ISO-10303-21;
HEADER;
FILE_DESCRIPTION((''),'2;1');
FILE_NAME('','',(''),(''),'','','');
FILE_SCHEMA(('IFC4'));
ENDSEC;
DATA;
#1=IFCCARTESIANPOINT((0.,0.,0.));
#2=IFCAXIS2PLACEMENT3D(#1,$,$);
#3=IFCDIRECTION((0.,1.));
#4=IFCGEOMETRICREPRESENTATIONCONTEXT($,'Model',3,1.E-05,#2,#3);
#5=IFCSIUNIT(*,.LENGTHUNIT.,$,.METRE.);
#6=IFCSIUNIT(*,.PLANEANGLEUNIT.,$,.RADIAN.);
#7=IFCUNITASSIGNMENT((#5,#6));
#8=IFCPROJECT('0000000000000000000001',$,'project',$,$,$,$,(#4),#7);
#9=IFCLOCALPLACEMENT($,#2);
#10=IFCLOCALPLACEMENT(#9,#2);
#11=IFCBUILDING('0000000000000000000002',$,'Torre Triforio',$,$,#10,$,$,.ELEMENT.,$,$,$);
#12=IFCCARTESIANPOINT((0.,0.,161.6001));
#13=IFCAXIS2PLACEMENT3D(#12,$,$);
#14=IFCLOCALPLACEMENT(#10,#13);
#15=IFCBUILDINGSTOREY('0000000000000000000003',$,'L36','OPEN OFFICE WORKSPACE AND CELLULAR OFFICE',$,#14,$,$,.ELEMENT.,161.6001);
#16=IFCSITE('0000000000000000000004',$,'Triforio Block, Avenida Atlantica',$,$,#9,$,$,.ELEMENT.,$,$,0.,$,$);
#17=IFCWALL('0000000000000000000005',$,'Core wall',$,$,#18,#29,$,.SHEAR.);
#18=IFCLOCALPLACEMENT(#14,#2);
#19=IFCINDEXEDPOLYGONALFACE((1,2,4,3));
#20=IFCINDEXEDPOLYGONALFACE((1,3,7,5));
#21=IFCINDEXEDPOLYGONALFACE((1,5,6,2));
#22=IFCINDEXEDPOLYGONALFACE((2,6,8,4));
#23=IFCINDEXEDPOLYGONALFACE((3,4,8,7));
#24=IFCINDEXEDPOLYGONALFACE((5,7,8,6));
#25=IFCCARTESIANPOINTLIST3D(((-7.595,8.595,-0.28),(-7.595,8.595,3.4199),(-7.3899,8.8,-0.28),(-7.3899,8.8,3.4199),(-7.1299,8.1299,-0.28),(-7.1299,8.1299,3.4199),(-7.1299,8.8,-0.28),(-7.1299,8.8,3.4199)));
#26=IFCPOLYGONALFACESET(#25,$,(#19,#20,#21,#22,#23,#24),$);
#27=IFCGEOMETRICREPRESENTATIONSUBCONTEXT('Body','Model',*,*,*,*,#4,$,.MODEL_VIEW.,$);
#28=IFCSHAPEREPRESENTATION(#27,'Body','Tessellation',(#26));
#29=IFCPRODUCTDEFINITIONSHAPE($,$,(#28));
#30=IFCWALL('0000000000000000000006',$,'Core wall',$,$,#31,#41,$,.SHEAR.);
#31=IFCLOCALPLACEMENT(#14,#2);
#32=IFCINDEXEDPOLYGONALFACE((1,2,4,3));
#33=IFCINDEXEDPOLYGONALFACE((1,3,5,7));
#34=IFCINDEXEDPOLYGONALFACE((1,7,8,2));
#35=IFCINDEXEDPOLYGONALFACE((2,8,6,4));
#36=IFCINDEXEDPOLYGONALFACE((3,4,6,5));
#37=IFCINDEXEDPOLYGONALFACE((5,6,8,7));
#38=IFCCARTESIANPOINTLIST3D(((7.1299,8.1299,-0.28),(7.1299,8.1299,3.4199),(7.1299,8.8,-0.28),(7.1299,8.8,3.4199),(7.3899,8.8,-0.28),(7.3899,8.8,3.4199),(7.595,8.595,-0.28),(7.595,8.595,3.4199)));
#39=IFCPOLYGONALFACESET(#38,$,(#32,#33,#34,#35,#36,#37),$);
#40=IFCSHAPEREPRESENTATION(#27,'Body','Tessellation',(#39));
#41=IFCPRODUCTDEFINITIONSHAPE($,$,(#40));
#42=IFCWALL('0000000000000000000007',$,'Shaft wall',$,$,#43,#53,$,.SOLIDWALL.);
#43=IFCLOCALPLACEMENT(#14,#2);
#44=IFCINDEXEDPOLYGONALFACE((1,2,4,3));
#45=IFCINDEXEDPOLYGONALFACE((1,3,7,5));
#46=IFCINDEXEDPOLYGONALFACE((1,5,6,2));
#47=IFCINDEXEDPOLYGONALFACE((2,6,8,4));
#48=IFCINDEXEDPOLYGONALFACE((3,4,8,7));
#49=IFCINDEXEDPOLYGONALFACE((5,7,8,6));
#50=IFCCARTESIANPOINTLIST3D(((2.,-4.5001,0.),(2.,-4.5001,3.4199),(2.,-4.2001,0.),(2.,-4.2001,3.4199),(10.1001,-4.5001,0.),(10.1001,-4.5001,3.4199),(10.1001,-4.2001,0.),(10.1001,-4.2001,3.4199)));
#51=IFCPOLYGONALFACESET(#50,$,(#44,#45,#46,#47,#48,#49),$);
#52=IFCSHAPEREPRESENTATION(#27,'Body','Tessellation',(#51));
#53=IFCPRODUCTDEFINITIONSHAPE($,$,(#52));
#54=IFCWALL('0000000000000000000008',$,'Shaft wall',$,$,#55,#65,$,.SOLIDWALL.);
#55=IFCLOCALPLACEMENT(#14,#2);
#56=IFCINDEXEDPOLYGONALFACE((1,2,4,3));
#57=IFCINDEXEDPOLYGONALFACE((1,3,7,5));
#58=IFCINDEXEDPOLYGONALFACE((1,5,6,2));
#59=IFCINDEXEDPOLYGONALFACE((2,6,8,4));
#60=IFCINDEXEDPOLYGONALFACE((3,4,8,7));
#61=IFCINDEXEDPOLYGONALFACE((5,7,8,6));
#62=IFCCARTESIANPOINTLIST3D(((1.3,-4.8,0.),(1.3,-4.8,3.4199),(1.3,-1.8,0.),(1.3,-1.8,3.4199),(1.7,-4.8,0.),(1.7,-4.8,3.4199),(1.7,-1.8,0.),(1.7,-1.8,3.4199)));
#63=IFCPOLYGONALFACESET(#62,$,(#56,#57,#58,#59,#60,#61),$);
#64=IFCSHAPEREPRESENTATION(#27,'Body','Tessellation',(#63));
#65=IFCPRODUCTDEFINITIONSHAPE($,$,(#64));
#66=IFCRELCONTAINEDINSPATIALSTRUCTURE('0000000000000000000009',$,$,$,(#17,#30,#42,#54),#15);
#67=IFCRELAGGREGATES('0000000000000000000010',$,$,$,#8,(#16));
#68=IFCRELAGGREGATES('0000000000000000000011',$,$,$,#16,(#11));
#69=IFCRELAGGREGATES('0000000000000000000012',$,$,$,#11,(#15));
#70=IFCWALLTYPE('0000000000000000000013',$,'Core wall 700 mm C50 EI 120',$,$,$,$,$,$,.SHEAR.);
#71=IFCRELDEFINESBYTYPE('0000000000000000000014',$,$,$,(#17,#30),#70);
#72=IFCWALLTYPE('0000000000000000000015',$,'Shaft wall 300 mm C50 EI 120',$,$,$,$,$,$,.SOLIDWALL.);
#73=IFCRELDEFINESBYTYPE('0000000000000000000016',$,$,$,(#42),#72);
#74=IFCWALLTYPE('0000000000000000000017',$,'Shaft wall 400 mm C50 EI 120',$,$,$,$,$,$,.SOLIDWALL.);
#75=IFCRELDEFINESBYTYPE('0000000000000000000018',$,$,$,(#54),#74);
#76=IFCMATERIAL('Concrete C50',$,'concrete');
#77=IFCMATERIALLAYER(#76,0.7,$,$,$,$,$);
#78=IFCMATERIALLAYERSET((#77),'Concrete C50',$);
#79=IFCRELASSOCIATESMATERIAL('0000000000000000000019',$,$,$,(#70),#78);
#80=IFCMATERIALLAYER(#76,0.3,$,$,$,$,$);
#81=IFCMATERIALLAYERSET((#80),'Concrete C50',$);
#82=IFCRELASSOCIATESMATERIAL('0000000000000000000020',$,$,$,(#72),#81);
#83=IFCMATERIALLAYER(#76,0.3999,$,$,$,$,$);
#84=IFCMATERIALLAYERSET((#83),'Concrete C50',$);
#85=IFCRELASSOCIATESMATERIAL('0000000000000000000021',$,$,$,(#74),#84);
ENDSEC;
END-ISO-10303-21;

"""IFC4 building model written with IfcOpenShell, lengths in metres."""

from ifc_helpers import new_model, si_unit, direction, frame, frame_2d, origin, place, context, subcontext, project, spatial, polyline, rectangle, outline, extrude, material, layer, layer_set, type_object, element, save


model = new_model("IFC4")

# Units and contexts
model_context = context("Model", 3, precision=1e-05, world=origin(), true_north=direction((0.0, 1.0)))
body_context = subcontext(model_context, "Body", "Model", "MODEL_VIEW")
ifc_project = project(units=[si_unit("LENGTHUNIT", "METRE"), si_unit("PLANEANGLEUNIT", "RADIAN")], contexts=[model_context])

# Site, building, storey
site_placement = place(None, origin())
site = spatial("IfcSite", under=ifc_project, at=site_placement, Name="Triforio Block, Avenida Atlantica", CompositionType="ELEMENT", RefElevation=0.0)
building_placement = place(site_placement, origin())
building = spatial("IfcBuilding", under=site, at=building_placement, Name="Torre Triforio", CompositionType="ELEMENT")
storey_placement = place(building_placement, frame((0.0, 0.0, 161.6001)))
storey = spatial("IfcBuildingStorey", under=building, at=storey_placement, Name="L36", Description="OPEN OFFICE WORKSPACE AND CELLULAR OFFICE", CompositionType="ELEMENT", Elevation=161.6001)

# Shared definitions
ifc_material_1 = material(Name="Concrete C50", Category="concrete")

# Walls
ifc_layer_1 = layer(ifc_material_1, 0.7)
ifc_layer_set_1 = layer_set([ifc_layer_1], Name="Concrete C50")
wall_type_1 = type_object("IfcWallType", Name="Core wall 700 mm C50 EI 120", PredefinedType="SHEAR", material=ifc_layer_set_1)
wall_1_placement = place(storey_placement, frame((0.0, 0.0, -0.28)))
element("IfcWall", 1, at=wall_1_placement, inside=storey, type_object=wall_type_1, Name="Core wall", PredefinedType="SHEAR", context=body_context, shape_type="SweptSolid", body=[
    extrude(outline(polyline([(-7.3899, 8.8), (-7.1299, 8.8), (-7.1299, 8.8), (-7.1299, 8.1299), (-7.595, 8.595), (-7.595, 8.595), (-7.595, 8.595), (-7.3899, 8.8)])), origin(), (0.0, 0.0, 1.0), 3.7),
])
wall_2_placement = place(storey_placement, frame((0.0, 0.0, -0.28)))
element("IfcWall", 2, at=wall_2_placement, inside=storey, type_object=wall_type_1, Name="Core wall", PredefinedType="SHEAR", context=body_context, shape_type="SweptSolid", body=[
    extrude(outline(polyline([(7.3899, 8.8), (7.595, 8.595), (7.595, 8.595), (7.595, 8.595), (7.1299, 8.1299), (7.1299, 8.8), (7.1299, 8.8), (7.3899, 8.8)])), origin(), (0.0, 0.0, 1.0), 3.7),
])
ifc_layer_2 = layer(ifc_material_1, 0.3)
ifc_layer_set_2 = layer_set([ifc_layer_2], Name="Concrete C50")
wall_type_2 = type_object("IfcWallType", Name="Shaft wall 300 mm C50 EI 120", PredefinedType="SOLIDWALL", material=ifc_layer_set_2)
wall_3_placement = place(storey_placement, frame((2.0, -4.3501, 0.0), z_axis=(0.0, 0.0, 1.0), x_axis=(1.0, 0.0, 0.0)))
element("IfcWall", 3, at=wall_3_placement, inside=storey, type_object=wall_type_2, Name="Shaft wall", PredefinedType="SOLIDWALL", context=body_context, shape_type="SweptSolid", body=[
    extrude(rectangle(XDim=8.1001, YDim=0.3, at=frame_2d((4.05, 0.0))), origin(), (0.0, 0.0, 1.0), 3.4199),
])
ifc_layer_3 = layer(ifc_material_1, 0.3999)
ifc_layer_set_3 = layer_set([ifc_layer_3], Name="Concrete C50")
wall_type_3 = type_object("IfcWallType", Name="Shaft wall 400 mm C50 EI 120", PredefinedType="SOLIDWALL", material=ifc_layer_set_3)
wall_4_placement = place(storey_placement, frame((1.5, -4.8, 0.0), z_axis=(0.0, 0.0, 1.0), x_axis=(0.0, 1.0, 0.0)))
element("IfcWall", 4, at=wall_4_placement, inside=storey, type_object=wall_type_3, Name="Shaft wall", PredefinedType="SOLIDWALL", context=body_context, shape_type="SweptSolid", body=[
    extrude(rectangle(XDim=3.0, YDim=0.3999, at=frame_2d((1.5, 0.0))), origin(), (0.0, 0.0, 1.0), 3.4199),
])

save(model, "model.ifc")
